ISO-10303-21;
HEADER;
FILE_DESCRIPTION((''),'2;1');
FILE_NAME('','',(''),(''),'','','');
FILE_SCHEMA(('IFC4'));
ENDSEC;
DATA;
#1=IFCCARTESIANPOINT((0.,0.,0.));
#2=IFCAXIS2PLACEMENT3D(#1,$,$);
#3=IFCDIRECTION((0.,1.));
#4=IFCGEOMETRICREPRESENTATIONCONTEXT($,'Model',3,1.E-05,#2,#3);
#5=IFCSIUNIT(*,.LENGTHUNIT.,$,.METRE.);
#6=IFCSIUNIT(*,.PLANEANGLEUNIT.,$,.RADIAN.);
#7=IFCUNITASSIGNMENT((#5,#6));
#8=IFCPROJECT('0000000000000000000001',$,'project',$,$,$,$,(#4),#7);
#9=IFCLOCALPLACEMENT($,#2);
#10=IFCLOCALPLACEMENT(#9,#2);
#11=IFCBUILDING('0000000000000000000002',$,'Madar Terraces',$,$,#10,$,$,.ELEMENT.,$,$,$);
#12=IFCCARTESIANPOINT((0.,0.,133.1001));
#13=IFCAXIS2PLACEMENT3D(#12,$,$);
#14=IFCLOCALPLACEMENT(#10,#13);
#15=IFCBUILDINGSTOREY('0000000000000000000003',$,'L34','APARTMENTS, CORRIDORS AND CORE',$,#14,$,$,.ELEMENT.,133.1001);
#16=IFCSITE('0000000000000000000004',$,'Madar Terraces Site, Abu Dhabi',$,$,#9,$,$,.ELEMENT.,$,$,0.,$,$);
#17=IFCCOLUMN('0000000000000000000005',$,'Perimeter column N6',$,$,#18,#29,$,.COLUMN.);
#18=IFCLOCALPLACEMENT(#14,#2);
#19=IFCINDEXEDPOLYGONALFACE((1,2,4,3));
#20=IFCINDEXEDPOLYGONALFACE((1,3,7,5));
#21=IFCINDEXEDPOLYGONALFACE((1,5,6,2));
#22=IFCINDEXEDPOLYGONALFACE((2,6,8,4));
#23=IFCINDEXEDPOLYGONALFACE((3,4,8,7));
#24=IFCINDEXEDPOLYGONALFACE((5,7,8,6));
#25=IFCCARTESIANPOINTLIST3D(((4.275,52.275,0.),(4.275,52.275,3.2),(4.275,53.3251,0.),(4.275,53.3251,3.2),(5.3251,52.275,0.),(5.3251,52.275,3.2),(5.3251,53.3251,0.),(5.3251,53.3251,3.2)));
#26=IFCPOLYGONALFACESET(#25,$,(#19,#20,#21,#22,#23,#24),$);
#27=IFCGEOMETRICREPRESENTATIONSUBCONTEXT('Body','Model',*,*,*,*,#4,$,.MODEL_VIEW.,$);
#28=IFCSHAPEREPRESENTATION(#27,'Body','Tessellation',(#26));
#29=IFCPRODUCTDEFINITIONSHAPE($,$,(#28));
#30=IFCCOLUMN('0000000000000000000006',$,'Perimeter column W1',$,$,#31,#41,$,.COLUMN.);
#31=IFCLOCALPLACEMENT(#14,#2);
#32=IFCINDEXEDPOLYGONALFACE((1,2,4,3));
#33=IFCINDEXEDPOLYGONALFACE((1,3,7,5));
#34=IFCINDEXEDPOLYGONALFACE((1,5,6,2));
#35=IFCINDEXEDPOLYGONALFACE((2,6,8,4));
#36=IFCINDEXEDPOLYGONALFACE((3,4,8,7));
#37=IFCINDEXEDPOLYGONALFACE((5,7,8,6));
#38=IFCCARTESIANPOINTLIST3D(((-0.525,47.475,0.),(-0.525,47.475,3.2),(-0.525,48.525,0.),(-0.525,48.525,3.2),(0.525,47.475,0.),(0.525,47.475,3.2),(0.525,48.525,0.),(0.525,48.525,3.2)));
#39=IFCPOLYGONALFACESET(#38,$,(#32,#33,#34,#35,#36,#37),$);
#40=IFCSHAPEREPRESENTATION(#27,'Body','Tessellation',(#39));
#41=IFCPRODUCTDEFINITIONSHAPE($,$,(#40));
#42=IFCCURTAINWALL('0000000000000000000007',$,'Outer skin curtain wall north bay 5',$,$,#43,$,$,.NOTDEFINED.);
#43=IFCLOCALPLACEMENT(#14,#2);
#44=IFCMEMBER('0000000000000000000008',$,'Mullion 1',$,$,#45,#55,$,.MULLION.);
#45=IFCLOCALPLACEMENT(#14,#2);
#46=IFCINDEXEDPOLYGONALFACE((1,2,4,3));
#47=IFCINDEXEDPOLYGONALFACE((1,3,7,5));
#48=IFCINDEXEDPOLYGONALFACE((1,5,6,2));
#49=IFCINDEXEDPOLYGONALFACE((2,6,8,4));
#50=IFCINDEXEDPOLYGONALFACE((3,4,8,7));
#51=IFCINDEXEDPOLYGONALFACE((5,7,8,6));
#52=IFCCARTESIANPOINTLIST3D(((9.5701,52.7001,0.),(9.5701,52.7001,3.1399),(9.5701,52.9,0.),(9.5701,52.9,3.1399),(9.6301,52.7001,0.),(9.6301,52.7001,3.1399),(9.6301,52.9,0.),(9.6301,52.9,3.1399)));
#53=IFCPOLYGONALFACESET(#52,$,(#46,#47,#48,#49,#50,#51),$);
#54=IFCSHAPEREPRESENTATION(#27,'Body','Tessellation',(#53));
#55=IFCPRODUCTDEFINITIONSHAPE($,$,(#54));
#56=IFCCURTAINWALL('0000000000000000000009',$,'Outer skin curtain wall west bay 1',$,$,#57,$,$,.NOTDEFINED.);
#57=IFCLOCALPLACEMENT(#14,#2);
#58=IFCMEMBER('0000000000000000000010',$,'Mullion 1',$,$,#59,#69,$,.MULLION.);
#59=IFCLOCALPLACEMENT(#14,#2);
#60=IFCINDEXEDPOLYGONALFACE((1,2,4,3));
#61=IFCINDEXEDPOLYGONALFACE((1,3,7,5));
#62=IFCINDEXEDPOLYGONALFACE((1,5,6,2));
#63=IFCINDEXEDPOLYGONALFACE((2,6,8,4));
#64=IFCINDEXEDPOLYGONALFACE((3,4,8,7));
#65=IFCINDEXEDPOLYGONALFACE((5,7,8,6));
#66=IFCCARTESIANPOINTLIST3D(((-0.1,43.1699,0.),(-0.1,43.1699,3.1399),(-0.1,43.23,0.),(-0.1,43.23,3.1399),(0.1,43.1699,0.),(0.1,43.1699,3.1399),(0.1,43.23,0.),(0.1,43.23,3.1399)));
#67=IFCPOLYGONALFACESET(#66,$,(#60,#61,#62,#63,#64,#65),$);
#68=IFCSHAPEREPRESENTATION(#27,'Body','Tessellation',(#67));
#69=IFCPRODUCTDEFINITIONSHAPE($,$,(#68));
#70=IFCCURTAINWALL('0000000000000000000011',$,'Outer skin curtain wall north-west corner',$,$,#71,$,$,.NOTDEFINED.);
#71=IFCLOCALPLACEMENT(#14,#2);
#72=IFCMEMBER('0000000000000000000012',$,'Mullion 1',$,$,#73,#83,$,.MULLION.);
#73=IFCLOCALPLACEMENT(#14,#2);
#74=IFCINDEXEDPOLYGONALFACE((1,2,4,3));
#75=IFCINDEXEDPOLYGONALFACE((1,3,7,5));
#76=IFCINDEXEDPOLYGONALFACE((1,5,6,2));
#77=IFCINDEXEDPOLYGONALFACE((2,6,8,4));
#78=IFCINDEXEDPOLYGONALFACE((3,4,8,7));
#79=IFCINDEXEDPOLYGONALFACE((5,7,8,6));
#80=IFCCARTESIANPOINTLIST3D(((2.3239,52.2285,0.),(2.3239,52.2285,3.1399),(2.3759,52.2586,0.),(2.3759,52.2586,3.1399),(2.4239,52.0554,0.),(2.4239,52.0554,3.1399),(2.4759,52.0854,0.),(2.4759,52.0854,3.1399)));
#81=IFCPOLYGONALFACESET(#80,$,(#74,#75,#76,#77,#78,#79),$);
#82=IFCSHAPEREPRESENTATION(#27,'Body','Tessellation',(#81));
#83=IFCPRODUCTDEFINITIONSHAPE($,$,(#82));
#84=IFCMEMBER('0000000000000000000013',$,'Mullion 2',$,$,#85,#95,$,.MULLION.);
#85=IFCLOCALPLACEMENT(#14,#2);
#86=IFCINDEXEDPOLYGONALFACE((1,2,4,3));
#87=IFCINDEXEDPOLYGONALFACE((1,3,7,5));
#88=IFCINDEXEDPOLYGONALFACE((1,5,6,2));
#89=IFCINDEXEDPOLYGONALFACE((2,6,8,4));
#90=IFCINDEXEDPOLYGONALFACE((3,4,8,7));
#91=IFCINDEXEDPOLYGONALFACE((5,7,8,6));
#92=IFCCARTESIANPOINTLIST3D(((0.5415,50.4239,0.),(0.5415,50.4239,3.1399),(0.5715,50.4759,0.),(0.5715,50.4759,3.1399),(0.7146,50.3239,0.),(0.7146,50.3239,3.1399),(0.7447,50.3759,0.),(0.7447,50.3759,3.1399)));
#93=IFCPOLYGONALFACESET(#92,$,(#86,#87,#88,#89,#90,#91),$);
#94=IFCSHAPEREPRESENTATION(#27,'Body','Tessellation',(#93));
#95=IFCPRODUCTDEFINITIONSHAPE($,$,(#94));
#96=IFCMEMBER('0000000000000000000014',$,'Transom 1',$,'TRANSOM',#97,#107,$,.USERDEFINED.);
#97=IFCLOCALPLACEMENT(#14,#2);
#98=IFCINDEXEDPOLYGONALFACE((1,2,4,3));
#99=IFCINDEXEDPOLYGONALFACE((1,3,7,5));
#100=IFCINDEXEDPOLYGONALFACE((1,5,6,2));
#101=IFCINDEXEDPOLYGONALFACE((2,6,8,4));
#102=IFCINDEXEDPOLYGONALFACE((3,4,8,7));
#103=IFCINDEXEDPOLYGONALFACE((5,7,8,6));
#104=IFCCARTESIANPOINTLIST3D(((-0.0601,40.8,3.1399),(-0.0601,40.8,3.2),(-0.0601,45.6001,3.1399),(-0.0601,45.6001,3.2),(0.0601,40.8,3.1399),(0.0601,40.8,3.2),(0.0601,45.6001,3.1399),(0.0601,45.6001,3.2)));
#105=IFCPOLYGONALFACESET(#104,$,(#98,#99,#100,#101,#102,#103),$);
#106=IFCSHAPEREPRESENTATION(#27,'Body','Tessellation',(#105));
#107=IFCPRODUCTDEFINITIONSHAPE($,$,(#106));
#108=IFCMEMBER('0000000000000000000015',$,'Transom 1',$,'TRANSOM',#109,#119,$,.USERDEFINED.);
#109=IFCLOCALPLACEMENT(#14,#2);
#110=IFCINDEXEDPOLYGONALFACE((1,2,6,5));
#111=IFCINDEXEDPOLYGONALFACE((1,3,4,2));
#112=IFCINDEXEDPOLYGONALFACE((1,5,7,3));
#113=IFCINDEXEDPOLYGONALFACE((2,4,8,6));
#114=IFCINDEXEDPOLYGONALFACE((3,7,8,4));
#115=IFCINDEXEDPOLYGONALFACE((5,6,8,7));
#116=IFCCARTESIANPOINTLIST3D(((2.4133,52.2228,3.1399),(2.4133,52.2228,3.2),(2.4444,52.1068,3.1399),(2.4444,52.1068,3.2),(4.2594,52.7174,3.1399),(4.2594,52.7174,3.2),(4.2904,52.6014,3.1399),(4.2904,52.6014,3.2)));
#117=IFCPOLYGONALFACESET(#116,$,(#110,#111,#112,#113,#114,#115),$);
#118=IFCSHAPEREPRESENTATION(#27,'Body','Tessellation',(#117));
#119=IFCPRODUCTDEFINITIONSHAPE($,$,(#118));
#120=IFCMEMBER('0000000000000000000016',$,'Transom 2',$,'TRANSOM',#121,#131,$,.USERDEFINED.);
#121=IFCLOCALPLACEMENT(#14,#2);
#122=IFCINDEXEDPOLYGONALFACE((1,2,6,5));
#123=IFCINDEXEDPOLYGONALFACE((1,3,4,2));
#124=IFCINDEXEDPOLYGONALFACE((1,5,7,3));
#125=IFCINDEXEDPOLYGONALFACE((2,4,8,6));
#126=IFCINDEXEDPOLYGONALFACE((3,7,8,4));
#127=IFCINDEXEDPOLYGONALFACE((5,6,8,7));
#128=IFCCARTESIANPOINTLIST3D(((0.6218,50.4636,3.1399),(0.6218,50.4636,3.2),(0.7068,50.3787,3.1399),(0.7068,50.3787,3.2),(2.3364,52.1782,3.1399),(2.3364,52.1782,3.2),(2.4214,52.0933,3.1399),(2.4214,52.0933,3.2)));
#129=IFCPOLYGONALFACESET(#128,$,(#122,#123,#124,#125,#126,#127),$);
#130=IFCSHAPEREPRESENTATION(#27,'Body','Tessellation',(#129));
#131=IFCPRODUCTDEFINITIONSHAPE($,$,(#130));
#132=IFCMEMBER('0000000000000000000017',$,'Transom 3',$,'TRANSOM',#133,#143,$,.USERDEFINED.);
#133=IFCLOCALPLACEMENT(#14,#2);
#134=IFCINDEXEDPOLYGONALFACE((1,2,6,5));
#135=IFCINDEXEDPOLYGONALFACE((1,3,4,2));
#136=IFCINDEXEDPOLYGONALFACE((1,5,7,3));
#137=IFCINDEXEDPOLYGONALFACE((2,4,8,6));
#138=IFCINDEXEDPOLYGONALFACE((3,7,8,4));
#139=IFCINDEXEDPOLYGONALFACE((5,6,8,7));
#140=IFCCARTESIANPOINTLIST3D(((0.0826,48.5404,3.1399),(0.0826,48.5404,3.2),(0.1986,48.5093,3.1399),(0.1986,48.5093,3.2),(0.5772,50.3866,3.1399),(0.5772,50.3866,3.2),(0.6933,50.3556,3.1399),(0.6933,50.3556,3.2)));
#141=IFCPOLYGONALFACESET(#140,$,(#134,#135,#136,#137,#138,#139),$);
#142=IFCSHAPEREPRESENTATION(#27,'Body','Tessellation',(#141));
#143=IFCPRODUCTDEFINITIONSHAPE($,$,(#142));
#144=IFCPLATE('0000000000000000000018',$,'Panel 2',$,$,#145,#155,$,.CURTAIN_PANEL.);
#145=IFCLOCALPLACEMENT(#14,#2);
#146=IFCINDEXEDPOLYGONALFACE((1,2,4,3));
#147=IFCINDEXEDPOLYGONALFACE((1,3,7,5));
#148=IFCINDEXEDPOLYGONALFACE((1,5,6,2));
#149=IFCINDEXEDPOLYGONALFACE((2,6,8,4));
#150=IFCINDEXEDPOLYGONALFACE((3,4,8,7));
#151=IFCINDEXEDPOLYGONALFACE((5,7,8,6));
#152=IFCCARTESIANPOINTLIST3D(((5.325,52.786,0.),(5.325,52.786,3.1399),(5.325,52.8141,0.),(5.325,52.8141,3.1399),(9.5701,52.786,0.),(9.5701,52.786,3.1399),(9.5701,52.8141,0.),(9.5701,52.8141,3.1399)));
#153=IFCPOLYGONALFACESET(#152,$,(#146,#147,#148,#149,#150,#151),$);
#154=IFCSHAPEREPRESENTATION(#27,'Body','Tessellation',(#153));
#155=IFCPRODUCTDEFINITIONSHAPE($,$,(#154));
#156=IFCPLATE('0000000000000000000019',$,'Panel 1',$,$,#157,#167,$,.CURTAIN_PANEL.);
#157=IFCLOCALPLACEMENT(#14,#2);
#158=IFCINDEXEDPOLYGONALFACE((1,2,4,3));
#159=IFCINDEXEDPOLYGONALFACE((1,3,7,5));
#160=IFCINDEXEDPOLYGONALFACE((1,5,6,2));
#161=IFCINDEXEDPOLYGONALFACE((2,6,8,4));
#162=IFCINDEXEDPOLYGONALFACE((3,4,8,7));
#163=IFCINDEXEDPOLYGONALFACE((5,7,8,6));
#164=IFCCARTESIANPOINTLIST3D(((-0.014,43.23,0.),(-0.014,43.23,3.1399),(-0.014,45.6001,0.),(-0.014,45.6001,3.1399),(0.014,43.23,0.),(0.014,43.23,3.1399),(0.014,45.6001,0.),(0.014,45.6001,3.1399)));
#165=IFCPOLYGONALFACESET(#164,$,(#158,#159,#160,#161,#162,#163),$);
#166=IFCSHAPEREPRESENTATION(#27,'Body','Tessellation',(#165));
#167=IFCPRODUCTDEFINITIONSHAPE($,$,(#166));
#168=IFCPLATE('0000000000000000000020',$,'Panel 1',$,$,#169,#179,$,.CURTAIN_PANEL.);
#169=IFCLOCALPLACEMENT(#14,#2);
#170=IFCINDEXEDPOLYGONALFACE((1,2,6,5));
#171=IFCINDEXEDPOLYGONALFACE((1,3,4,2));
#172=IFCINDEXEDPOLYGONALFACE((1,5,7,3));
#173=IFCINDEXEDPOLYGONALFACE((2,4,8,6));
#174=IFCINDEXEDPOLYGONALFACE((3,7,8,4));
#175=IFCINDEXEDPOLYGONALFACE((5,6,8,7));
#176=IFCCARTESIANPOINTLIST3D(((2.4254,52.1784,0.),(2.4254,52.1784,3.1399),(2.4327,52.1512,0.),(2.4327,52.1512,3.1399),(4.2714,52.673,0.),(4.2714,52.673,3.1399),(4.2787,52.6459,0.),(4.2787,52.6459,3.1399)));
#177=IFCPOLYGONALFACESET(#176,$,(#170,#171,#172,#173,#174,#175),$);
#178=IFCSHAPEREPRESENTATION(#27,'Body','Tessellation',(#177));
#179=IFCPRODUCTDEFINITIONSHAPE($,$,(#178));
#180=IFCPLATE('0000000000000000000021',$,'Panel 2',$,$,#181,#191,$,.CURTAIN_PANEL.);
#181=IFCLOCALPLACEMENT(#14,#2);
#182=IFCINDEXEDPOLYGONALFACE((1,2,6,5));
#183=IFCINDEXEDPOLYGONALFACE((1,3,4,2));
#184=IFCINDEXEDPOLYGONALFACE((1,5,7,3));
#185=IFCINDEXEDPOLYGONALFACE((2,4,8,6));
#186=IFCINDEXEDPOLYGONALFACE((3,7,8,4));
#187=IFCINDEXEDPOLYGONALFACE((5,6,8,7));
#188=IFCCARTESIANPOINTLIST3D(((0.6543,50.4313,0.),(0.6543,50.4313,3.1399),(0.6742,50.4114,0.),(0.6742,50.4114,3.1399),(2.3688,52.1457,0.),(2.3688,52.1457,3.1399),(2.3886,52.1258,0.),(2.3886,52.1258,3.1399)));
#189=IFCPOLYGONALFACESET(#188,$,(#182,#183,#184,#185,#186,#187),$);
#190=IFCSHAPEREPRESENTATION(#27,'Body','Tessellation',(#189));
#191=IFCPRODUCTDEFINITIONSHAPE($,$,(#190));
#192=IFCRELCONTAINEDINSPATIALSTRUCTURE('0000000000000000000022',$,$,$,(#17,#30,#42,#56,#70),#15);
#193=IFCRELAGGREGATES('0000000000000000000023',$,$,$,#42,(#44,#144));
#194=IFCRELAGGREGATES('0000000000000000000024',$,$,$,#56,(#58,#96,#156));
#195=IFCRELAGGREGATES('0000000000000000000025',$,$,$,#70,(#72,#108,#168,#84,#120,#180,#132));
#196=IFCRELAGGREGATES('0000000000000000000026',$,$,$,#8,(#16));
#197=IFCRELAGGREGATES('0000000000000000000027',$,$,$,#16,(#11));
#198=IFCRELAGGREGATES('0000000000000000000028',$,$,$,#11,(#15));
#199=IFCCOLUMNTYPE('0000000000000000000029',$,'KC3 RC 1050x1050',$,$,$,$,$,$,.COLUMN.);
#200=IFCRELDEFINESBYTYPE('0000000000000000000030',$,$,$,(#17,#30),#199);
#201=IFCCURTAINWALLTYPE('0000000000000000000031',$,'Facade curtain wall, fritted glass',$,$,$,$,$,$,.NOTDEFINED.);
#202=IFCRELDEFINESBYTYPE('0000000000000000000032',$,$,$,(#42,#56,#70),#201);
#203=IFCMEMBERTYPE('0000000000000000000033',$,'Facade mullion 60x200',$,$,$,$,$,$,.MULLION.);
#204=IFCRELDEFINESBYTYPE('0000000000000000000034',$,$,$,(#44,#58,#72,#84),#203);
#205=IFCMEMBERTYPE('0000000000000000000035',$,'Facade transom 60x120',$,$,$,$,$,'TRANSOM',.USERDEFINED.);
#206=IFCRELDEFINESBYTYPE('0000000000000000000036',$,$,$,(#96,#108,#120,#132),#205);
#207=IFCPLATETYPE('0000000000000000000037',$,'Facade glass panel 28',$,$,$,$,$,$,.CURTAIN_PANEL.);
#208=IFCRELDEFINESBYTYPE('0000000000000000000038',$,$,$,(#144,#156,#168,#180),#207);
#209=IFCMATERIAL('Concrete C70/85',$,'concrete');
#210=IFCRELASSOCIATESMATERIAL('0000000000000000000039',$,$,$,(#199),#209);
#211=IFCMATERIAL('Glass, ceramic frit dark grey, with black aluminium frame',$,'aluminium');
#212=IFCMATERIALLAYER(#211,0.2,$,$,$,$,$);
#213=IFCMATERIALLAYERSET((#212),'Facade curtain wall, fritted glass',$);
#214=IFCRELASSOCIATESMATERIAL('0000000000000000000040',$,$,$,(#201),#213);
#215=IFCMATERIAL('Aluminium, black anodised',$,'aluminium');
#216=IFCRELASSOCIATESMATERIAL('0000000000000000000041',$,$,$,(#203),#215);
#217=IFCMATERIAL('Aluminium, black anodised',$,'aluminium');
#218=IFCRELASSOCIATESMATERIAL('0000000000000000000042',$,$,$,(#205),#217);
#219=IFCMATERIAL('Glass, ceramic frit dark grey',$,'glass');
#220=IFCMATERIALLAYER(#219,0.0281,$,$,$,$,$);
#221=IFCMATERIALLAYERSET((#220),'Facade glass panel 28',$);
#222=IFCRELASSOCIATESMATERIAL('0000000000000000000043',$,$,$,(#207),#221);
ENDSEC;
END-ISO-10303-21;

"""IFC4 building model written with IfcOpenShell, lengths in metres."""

from ifc_helpers import new_model, si_unit, direction, frame, origin, origin_2d, place, context, subcontext, project, spatial, rectangle, extrude, material, layer, layer_set, material_profile, profile_set, type_object, element, aggregate, save


model = new_model("IFC4")

# Units and contexts
model_context = context("Model", 3, precision=1e-05, world=origin(), true_north=direction((0.0, 1.0)))
body_context = subcontext(model_context, "Body", "Model", "MODEL_VIEW")
ifc_project = project(units=[si_unit("LENGTHUNIT", "METRE"), si_unit("PLANEANGLEUNIT", "RADIAN")], contexts=[model_context])

# Site, building, storey
site_placement = place(None, origin())
site = spatial("IfcSite", under=ifc_project, at=site_placement, Name="Madar Terraces Site, Abu Dhabi", CompositionType="ELEMENT", RefElevation=0.0)
building_placement = place(site_placement, origin())
building = spatial("IfcBuilding", under=site, at=building_placement, Name="Madar Terraces", CompositionType="ELEMENT")
storey_placement = place(building_placement, frame((0.0, 0.0, 133.1001)))
storey = spatial("IfcBuildingStorey", under=building, at=storey_placement, Name="L34", Description="APARTMENTS, CORRIDORS AND CORE", CompositionType="ELEMENT", Elevation=133.1001)

# Columns
ifc_material_1 = material(Name="Concrete C70/85", Category="concrete")
ifc_material_profile_1 = material_profile(ifc_material_1, rectangle(XDim=1.05, YDim=1.05, at=origin_2d()), Name="KC3 RC 1050x1050")
ifc_profile_set_1 = profile_set([ifc_material_profile_1], Name="Concrete C70/85")
column_type = type_object("IfcColumnType", Name="KC3 RC 1050x1050", PredefinedType="COLUMN", material=ifc_profile_set_1)
for number, where, z_axis, x_axis, name in (
    (1, (4.8, 52.8, 0.0), (0.0, 0.0, 1.0), (1.0, 0.0, 0.0), "Perimeter column N6"),
    (2, (0.0, 48.0, 0.0), (0.0, 0.0, 1.0), (1.0, 0.0, 0.0), "Perimeter column W1"),
):
    element("IfcColumn", number, at=place(storey_placement, frame(where, z_axis=z_axis, x_axis=x_axis)), inside=storey, type_object=column_type, Name=name, PredefinedType="COLUMN", context=body_context, shape_type="SweptSolid", body=[
        extrude(rectangle(XDim=1.05, YDim=1.05, at=origin_2d()), origin(), (0.0, 0.0, 1.0), 3.2),
    ])

# Curtain walls, members
ifc_material_2 = material(Name="Glass, ceramic frit dark grey, with black aluminium frame", Category="aluminium")
ifc_layer_1 = layer(ifc_material_2, 0.2)
ifc_layer_set_1 = layer_set([ifc_layer_1], Name="Facade curtain wall, fritted glass")
curtain_wall_type = type_object("IfcCurtainWallType", Name="Facade curtain wall, fritted glass", PredefinedType="NOTDEFINED", material=ifc_layer_set_1)
curtain_wall_1_placement = place(storey_placement, origin())
curtain_wall_1 = element("IfcCurtainWall", 3, at=curtain_wall_1_placement, inside=storey, type_object=curtain_wall_type, Name="Outer skin curtain wall north bay 5", PredefinedType="NOTDEFINED")
ifc_material_3 = material(Name="Aluminium, black anodised", Category="aluminium")
ifc_material_profile_2 = material_profile(ifc_material_3, rectangle(XDim=0.2, YDim=0.0601, at=origin_2d()), Name="Facade mullion 60x200")
ifc_profile_set_2 = profile_set([ifc_material_profile_2], Name="Aluminium, black anodised")
member_type_1 = type_object("IfcMemberType", Name="Facade mullion 60x200", PredefinedType="MULLION", material=ifc_profile_set_2)
member_1_placement = place(storey_placement, frame((9.6001, 52.8, 0.0), z_axis=(0.0, 0.0, 1.0), x_axis=(0.0, -1.0, 0.0)))
member_1 = element("IfcMember", 4, at=member_1_placement, type_object=member_type_1, Name="Mullion 1", PredefinedType="MULLION", context=body_context, shape_type="SweptSolid", body=[
    extrude(rectangle(XDim=0.2, YDim=0.0601, at=origin_2d()), origin(), (0.0, 0.0, 1.0), 3.1399),
])
curtain_wall_2_placement = place(storey_placement, origin())
curtain_wall_2 = element("IfcCurtainWall", 5, at=curtain_wall_2_placement, inside=storey, type_object=curtain_wall_type, Name="Outer skin curtain wall west bay 1", PredefinedType="NOTDEFINED")
member_2_placement = place(storey_placement, frame((0.0, 43.2, 0.0), z_axis=(0.0, 0.0, 1.0), x_axis=(1.0, 0.0, 0.0)))
member_2 = element("IfcMember", 6, at=member_2_placement, type_object=member_type_1, Name="Mullion 1", PredefinedType="MULLION", context=body_context, shape_type="SweptSolid", body=[
    extrude(rectangle(XDim=0.2, YDim=0.0601, at=origin_2d()), origin(), (0.0, 0.0, 1.0), 3.1399),
])

# Curtain wall, members
curtain_wall_3_placement = place(storey_placement, origin())
curtain_wall_3 = element("IfcCurtainWall", 7, at=curtain_wall_3_placement, inside=storey, type_object=curtain_wall_type, Name="Outer skin curtain wall north-west corner", PredefinedType="NOTDEFINED")
member_3_placement = place(storey_placement, frame((2.3999, 52.157, 0.0), z_axis=(0.0, 0.0, 1.0), x_axis=(0.5, -0.866025, 0.0)))
member_3 = element("IfcMember", 8, at=member_3_placement, type_object=member_type_1, Name="Mullion 1", PredefinedType="MULLION", context=body_context, shape_type="SweptSolid", body=[
    extrude(rectangle(XDim=0.2, YDim=0.0601, at=origin_2d()), origin(), (0.0, 0.0, 1.0), 3.1399),
])
member_4_placement = place(storey_placement, frame((0.6431, 50.3999, 0.0), z_axis=(0.0, 0.0, 1.0), x_axis=(0.866025, -0.5, 0.0)))
member_4 = element("IfcMember", 9, at=member_4_placement, type_object=member_type_1, Name="Mullion 2", PredefinedType="MULLION", context=body_context, shape_type="SweptSolid", body=[
    extrude(rectangle(XDim=0.2, YDim=0.0601, at=origin_2d()), origin(), (0.0, 0.0, 1.0), 3.1399),
])

# Members
ifc_material_4 = material(Name="Aluminium, black anodised", Category="aluminium")
ifc_material_profile_3 = material_profile(ifc_material_4, rectangle(XDim=0.1201, YDim=0.0601, at=origin_2d()), Name="Facade transom 60x120")
ifc_profile_set_3 = profile_set([ifc_material_profile_3], Name="Aluminium, black anodised")
member_type_2 = type_object("IfcMemberType", Name="Facade transom 60x120", ElementType="TRANSOM", PredefinedType="USERDEFINED", material=ifc_profile_set_3)
member_5_placement = place(storey_placement, frame((0.0, 45.6001, 3.1699), z_axis=(0.0, -1.0, 0.0), x_axis=(1.0, 0.0, 0.0)))
member_5 = element("IfcMember", 10, at=member_5_placement, type_object=member_type_2, Name="Transom 1", ObjectType="TRANSOM", PredefinedType="USERDEFINED", context=body_context, shape_type="SweptSolid", body=[
    extrude(rectangle(XDim=0.1201, YDim=0.0601, at=origin_2d()), origin(), (0.0, 0.0, 1.0), 4.8),
])
member_6_placement = place(storey_placement, frame((4.2749, 52.6594, 3.1699), z_axis=(-0.965925, -0.258823, 0.0), x_axis=(0.258823, -0.965925, 0.0)))
member_6 = element("IfcMember", 11, at=member_6_placement, type_object=member_type_2, Name="Transom 1", ObjectType="TRANSOM", PredefinedType="USERDEFINED", context=body_context, shape_type="SweptSolid", body=[
    extrude(rectangle(XDim=0.1201, YDim=0.0601, at=origin_2d()), origin(), (0.0, 0.0, 1.0), 1.9111),
])
member_7_placement = place(storey_placement, frame((2.3789, 52.1357, 3.1699), z_axis=(-0.707107, -0.707107, 0.0), x_axis=(0.707107, -0.707107, 0.0)))
member_7 = element("IfcMember", 12, at=member_7_placement, type_object=member_type_2, Name="Transom 2", ObjectType="TRANSOM", PredefinedType="USERDEFINED", context=body_context, shape_type="SweptSolid", body=[
    extrude(rectangle(XDim=0.1201, YDim=0.0601, at=origin_2d()), origin(), (0.0, 0.0, 1.0), 2.4248),
])
member_8_placement = place(storey_placement, frame((0.6353, 50.3711, 3.1699), z_axis=(-0.258791, -0.965933, 0.0), x_axis=(0.965933, -0.258791, 0.0)))
member_8 = element("IfcMember", 13, at=member_8_placement, type_object=member_type_2, Name="Transom 3", ObjectType="TRANSOM", PredefinedType="USERDEFINED", context=body_context, shape_type="SweptSolid", body=[
    extrude(rectangle(XDim=0.1201, YDim=0.0601, at=origin_2d()), origin(), (0.0, 0.0, 1.0), 1.9114),
])

# Plates
ifc_material_5 = material(Name="Glass, ceramic frit dark grey", Category="glass")
ifc_layer_2 = layer(ifc_material_5, 0.0281)
ifc_layer_set_2 = layer_set([ifc_layer_2], Name="Facade glass panel 28")
plate_type = type_object("IfcPlateType", Name="Facade glass panel 28", PredefinedType="CURTAIN_PANEL", material=ifc_layer_set_2)
plate_1_placement = place(storey_placement, frame((7.4475, 52.8, 0.0), z_axis=(0.0, 0.0, 1.0), x_axis=(-1.0, 0.0, 0.0)))
plate_1 = element("IfcPlate", 14, at=plate_1_placement, type_object=plate_type, Name="Panel 2", PredefinedType="CURTAIN_PANEL", context=body_context, shape_type="SweptSolid", body=[
    extrude(rectangle(XDim=4.2451, YDim=0.0281, at=origin_2d()), origin(), (0.0, 0.0, 1.0), 3.1399),
])
aggregate(curtain_wall_1, [member_1, plate_1])
plate_2_placement = place(storey_placement, frame((0.0, 44.415, 0.0), z_axis=(0.0, 0.0, 1.0), x_axis=(0.0, -1.0, 0.0)))
plate_2 = element("IfcPlate", 15, at=plate_2_placement, type_object=plate_type, Name="Panel 1", PredefinedType="CURTAIN_PANEL", context=body_context, shape_type="SweptSolid", body=[
    extrude(rectangle(XDim=2.3701, YDim=0.0281, at=origin_2d()), origin(), (0.0, 0.0, 1.0), 3.1399),
])
aggregate(curtain_wall_2, [member_2, member_5, plate_2])
plate_3_placement = place(storey_placement, frame((3.3521, 52.4121, 0.0), z_axis=(0.0, 0.0, 1.0), x_axis=(-0.965926, -0.258819, 0.0)))
plate_3 = element("IfcPlate", 16, at=plate_3_placement, type_object=plate_type, Name="Panel 1", PredefinedType="CURTAIN_PANEL", context=body_context, shape_type="SweptSolid", body=[
    extrude(rectangle(XDim=1.9111, YDim=0.0281, at=origin_2d()), origin(), (0.0, 0.0, 1.0), 3.1399),
])
plate_4_placement = place(storey_placement, frame((1.5215, 51.2786, 0.0), z_axis=(0.0, 0.0, 1.0), x_axis=(-0.707107, -0.707107, 0.0)))
plate_4 = element("IfcPlate", 17, at=plate_4_placement, type_object=plate_type, Name="Panel 2", PredefinedType="CURTAIN_PANEL", context=body_context, shape_type="SweptSolid", body=[
    extrude(rectangle(XDim=2.4246, YDim=0.0281, at=origin_2d()), origin(), (0.0, 0.0, 1.0), 3.1399),
])
aggregate(curtain_wall_3, [member_3, member_6, plate_3, member_4, member_7, plate_4, member_8])

save(model, "model.ifc")
